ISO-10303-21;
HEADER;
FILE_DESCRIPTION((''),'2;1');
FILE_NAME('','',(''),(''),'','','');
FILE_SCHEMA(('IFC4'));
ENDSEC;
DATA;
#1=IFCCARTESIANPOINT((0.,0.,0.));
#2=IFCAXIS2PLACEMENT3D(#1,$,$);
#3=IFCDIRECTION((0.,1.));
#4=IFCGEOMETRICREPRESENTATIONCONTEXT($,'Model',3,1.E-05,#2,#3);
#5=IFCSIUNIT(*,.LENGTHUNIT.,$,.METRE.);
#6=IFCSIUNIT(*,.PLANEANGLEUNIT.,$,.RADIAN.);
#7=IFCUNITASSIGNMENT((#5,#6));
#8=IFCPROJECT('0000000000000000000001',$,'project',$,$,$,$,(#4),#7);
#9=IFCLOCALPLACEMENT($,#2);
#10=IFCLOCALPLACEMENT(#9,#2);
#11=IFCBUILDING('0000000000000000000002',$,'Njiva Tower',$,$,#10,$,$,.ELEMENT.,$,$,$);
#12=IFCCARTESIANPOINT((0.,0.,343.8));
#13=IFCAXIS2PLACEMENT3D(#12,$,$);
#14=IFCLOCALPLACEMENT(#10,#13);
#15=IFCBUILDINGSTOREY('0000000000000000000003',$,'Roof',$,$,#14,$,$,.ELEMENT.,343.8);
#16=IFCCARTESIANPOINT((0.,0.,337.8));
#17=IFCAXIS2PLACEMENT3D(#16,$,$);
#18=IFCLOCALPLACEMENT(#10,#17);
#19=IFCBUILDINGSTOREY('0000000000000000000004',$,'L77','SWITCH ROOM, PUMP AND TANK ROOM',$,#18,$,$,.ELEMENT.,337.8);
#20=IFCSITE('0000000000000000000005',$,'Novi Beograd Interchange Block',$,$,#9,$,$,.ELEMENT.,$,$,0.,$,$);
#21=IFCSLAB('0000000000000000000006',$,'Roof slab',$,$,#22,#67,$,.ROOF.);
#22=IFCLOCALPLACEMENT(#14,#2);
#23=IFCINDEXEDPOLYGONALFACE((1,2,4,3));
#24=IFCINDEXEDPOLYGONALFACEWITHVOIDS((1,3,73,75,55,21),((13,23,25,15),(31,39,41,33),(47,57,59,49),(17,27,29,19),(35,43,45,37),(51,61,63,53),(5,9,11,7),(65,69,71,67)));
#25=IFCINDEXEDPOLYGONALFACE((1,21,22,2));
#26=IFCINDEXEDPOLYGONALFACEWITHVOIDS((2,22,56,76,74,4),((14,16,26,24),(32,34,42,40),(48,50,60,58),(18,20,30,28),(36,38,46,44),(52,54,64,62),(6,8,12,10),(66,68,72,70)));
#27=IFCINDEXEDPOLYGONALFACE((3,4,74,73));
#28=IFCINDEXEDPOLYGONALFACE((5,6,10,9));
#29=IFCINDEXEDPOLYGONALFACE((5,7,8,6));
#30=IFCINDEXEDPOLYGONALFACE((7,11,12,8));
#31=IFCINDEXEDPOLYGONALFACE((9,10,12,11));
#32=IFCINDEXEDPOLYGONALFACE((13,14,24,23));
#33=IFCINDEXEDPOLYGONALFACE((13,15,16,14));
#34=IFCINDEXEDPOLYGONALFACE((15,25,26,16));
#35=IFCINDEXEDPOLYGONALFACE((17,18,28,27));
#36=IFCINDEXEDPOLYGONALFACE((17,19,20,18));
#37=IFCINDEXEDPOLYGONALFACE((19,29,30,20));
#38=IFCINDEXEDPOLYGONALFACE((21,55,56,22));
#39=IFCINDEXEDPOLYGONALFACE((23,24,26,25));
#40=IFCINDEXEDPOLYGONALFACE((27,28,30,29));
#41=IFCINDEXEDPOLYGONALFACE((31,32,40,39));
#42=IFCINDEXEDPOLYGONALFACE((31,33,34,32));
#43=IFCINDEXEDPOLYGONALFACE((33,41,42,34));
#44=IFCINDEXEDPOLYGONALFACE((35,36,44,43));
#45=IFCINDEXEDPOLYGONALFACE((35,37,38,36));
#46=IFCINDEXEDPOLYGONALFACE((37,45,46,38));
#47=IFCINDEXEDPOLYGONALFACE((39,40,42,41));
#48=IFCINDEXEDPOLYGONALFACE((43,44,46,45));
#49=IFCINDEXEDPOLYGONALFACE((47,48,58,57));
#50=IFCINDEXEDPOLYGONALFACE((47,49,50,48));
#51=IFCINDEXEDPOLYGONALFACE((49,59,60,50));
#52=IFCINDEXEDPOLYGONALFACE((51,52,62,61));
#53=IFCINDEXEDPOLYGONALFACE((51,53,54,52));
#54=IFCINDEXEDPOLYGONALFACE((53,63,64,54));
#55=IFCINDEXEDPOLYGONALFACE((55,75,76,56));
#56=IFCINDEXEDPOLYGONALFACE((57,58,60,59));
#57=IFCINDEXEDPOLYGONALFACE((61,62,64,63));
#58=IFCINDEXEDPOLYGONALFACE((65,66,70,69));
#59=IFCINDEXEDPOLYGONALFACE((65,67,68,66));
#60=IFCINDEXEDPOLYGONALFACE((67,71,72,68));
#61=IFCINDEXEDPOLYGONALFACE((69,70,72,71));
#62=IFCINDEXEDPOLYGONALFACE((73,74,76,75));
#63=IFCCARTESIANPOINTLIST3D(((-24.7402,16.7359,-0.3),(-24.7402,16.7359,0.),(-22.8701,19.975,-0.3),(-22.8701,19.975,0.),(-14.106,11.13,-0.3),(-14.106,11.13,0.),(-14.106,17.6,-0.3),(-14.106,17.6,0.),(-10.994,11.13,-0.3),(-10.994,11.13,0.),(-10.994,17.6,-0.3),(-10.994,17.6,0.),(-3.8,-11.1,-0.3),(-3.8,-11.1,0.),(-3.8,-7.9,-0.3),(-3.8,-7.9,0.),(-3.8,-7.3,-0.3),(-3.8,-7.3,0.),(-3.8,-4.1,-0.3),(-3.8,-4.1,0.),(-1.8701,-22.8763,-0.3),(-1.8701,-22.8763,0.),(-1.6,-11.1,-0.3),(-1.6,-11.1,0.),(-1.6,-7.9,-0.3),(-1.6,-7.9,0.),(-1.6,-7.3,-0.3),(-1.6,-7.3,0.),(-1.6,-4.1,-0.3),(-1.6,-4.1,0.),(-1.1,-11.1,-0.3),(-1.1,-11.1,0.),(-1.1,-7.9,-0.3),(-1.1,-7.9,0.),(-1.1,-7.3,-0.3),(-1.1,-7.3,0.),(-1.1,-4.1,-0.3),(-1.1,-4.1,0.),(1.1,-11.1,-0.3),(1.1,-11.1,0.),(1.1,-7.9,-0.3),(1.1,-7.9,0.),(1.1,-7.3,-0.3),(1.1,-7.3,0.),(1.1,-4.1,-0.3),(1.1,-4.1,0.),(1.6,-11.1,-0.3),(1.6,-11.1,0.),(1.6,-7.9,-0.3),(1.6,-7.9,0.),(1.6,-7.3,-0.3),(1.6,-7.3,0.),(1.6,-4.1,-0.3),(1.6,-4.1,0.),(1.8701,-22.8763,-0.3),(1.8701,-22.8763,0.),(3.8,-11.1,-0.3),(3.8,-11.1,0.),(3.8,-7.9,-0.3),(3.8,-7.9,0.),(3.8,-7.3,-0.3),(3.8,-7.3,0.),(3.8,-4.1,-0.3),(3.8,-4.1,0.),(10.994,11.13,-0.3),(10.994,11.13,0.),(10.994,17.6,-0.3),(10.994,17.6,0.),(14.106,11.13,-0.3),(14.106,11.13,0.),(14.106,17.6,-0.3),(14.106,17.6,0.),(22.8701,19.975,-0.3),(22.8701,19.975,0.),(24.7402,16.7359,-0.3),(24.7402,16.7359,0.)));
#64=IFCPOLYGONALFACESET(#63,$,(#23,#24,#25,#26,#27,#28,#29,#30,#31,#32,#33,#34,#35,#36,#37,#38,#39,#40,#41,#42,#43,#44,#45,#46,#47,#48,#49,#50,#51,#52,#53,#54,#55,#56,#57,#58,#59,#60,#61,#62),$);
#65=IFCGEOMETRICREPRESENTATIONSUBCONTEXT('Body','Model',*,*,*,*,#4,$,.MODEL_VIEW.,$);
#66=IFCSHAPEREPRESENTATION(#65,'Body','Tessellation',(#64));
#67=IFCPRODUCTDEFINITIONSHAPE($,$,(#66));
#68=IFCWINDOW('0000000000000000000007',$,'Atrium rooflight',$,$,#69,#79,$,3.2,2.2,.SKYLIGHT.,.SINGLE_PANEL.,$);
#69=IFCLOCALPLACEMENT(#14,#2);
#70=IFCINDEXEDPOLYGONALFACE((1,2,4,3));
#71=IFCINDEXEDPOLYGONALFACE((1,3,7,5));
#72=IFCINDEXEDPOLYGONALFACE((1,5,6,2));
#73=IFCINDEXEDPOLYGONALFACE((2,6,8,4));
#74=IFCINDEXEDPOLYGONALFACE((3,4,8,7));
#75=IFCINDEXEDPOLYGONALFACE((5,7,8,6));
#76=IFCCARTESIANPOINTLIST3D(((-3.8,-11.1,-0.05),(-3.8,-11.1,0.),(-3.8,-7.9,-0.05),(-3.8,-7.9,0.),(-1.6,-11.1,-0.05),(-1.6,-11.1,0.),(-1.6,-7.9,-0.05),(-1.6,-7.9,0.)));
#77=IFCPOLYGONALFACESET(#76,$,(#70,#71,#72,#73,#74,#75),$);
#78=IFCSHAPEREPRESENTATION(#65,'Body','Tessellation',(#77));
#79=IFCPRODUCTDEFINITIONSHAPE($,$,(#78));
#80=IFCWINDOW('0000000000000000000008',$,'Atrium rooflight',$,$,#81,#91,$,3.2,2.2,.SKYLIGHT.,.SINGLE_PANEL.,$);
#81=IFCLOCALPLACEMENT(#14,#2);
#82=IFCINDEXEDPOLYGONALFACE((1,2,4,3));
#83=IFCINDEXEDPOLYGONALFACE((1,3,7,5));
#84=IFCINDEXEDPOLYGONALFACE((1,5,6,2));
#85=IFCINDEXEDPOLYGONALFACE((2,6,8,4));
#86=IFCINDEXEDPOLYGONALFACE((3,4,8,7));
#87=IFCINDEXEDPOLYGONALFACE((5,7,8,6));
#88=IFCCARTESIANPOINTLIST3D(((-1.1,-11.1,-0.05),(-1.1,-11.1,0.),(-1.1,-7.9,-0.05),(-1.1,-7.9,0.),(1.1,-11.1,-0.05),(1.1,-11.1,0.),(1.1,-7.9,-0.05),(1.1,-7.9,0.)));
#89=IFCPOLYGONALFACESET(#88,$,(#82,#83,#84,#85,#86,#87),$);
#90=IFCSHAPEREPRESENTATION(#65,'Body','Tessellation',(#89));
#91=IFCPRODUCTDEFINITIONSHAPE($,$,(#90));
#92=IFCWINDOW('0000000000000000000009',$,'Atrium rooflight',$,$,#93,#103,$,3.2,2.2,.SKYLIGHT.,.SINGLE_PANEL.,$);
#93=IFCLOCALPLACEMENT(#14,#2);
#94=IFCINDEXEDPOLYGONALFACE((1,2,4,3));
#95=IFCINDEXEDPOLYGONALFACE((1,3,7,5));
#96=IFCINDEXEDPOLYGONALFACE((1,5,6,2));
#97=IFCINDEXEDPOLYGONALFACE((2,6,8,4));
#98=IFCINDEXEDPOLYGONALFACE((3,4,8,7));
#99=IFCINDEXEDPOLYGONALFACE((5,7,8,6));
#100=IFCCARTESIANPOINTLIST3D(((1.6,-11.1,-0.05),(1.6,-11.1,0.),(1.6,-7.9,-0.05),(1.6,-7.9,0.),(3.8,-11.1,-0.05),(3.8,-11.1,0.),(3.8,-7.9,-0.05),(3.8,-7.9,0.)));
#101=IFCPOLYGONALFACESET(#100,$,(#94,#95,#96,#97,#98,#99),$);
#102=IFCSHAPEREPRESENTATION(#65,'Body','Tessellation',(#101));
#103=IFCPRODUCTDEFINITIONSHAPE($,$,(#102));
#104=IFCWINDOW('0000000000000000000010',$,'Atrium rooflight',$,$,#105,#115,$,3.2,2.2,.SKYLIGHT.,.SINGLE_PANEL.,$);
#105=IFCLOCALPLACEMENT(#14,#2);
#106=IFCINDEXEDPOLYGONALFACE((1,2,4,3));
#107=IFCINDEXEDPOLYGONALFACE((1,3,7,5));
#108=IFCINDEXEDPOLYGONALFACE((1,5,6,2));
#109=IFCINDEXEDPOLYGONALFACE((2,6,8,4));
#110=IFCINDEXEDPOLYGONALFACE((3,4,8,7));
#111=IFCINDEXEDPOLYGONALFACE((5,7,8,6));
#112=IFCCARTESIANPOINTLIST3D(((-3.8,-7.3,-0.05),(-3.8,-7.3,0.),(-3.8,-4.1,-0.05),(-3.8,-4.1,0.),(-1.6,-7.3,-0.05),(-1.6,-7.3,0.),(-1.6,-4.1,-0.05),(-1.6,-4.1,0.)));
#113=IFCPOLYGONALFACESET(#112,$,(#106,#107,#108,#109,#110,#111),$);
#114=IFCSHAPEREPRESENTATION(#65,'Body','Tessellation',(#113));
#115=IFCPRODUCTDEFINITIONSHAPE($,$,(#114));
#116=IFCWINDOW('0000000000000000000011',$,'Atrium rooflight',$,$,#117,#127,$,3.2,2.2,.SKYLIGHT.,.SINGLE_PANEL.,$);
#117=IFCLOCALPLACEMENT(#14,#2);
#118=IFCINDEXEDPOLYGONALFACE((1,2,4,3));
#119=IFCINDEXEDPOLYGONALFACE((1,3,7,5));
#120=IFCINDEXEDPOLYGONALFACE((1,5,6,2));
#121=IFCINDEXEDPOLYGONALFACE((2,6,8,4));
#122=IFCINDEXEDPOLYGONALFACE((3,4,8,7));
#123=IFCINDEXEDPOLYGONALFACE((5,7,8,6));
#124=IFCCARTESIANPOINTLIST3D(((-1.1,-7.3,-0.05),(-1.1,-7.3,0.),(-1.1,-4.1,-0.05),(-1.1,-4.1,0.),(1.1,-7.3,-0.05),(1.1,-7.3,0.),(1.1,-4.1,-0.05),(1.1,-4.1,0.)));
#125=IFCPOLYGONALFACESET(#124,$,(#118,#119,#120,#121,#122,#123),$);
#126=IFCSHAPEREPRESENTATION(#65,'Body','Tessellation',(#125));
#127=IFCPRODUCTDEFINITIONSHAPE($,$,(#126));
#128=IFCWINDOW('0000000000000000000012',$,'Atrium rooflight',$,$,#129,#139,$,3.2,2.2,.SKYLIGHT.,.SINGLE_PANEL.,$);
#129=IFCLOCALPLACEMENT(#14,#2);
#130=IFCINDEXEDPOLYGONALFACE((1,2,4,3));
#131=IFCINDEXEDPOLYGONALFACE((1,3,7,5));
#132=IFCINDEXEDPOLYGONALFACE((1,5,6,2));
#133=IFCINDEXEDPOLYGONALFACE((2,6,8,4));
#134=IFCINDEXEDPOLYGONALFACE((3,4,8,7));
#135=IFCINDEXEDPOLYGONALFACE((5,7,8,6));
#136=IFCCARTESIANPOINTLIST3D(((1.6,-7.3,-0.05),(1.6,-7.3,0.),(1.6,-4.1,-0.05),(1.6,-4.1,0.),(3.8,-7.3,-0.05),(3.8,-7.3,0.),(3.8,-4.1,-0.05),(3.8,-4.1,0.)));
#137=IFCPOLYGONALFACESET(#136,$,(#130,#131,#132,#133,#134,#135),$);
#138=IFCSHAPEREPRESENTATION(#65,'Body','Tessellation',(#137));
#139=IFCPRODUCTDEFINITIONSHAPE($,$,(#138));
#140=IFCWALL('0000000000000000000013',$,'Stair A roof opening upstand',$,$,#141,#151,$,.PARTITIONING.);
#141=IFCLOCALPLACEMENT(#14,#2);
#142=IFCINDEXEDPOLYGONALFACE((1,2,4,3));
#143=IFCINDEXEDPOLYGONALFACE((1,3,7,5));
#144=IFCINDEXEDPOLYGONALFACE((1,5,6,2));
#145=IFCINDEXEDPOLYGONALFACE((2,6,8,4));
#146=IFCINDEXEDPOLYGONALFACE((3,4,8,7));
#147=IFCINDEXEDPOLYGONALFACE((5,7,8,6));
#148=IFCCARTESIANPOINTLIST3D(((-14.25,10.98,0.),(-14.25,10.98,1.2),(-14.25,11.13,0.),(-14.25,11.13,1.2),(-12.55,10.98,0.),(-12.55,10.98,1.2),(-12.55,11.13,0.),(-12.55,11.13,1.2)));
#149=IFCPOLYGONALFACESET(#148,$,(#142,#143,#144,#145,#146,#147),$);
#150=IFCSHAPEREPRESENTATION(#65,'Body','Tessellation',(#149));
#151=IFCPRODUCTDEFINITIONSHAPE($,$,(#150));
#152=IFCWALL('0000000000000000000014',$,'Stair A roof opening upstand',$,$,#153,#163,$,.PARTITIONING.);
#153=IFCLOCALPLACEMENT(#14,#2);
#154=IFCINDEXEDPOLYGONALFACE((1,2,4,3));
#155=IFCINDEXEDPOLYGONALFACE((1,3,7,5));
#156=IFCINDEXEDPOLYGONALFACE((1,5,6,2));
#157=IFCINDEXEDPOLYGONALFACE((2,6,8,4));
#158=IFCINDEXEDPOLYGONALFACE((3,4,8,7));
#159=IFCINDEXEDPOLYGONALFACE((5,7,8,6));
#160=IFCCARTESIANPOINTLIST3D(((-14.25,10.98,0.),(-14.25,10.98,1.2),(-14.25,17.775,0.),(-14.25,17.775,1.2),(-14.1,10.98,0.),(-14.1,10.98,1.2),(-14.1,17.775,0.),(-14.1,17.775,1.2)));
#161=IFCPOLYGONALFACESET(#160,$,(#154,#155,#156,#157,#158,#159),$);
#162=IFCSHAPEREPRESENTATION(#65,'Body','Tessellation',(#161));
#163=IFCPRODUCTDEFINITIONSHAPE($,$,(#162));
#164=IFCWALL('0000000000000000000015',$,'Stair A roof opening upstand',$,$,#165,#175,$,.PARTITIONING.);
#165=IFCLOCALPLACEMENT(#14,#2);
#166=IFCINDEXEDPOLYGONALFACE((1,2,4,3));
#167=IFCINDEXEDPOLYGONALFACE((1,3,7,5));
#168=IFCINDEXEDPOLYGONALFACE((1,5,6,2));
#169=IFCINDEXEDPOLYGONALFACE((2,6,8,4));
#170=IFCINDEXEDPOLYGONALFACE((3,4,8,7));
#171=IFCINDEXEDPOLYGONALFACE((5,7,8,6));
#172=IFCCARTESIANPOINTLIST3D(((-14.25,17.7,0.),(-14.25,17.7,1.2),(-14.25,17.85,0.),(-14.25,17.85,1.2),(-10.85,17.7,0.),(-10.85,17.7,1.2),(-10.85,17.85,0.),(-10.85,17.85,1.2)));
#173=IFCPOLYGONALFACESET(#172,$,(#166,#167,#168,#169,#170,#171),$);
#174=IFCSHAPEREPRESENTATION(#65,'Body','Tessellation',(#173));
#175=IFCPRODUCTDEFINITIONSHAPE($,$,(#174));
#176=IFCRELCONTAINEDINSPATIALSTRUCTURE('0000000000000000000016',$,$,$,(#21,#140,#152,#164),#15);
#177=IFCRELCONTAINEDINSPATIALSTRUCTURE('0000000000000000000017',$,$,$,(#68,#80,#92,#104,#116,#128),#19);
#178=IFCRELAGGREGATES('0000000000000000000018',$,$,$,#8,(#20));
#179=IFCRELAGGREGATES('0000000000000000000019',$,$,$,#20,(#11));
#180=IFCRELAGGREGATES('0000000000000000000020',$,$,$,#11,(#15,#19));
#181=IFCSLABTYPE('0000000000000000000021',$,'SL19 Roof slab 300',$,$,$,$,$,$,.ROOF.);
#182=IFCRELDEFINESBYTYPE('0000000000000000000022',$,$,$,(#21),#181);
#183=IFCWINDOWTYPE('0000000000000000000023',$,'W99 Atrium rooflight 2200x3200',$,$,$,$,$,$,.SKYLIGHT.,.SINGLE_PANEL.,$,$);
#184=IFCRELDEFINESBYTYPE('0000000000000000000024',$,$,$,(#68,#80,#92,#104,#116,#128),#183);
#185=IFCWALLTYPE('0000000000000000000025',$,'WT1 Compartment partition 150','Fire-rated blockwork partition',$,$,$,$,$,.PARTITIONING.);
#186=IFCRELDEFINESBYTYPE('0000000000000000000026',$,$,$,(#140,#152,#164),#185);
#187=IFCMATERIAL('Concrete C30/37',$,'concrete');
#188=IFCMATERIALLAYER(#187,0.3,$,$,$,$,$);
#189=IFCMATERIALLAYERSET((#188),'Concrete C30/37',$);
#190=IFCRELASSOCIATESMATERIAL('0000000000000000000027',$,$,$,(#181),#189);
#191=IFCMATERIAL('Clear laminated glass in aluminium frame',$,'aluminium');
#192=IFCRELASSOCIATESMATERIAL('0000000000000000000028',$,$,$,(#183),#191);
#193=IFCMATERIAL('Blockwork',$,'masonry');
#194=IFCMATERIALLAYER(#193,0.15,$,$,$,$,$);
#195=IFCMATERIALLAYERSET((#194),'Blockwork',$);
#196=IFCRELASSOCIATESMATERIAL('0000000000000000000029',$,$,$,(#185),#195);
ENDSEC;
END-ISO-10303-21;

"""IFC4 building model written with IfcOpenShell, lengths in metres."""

from ifc_helpers import new_model, si_unit, direction, frame, frame_2d, origin, origin_2d, place, context, subcontext, project, spatial, polyline, rectangle, outline, extrude, material, layer, layer_set, type_object, element, fill, save


model = new_model("IFC4")

# Units and contexts
model_context = context("Model", 3, precision=1e-05, world=origin(), true_north=direction((0.0, 1.0)))
body_context = subcontext(model_context, "Body", "Model", "MODEL_VIEW")
ifc_project = project(units=[si_unit("LENGTHUNIT", "METRE"), si_unit("PLANEANGLEUNIT", "RADIAN")], contexts=[model_context])

# Site, building, storey
site_placement = place(None, origin())
site = spatial("IfcSite", under=ifc_project, at=site_placement, Name="Novi Beograd Interchange Block", CompositionType="ELEMENT", RefElevation=0.0)
building_placement = place(site_placement, origin())
building = spatial("IfcBuilding", under=site, at=building_placement, Name="Njiva Tower", CompositionType="ELEMENT")
storey_1_placement = place(building_placement, frame((0.0, 0.0, 343.8)))
storey_1 = spatial("IfcBuildingStorey", under=building, at=storey_1_placement, Name="Roof", CompositionType="ELEMENT", Elevation=343.8)

# Slab, openings
ifc_material_1 = material(Name="Concrete C30/37", Category="concrete")
ifc_layer_1 = layer(ifc_material_1, 0.3)
ifc_layer_set_1 = layer_set([ifc_layer_1], Name="Concrete C30/37")
slab_type = type_object("IfcSlabType", Name="SL19 Roof slab 300", PredefinedType="ROOF", material=ifc_layer_set_1)
slab_placement = place(storey_1_placement, frame((0.0, 0.0, -0.3)))
slab = element("IfcSlab", 1, at=slab_placement, inside=storey_1, type_object=slab_type, Name="Roof slab", PredefinedType="ROOF", context=body_context, shape_type="SweptSolid", body=[
    extrude(outline(polyline([(24.7402, 16.7359), (1.8701, -22.8763), (-1.8701, -22.8763), (-24.7402, 16.7359), (-22.8701, 19.975), (22.8701, 19.975), (24.7402, 16.7359)]), holes=[polyline([(-14.106, 11.13), (-10.994, 11.13), (-10.994, 17.6), (-14.106, 17.6), (-14.106, 11.13)]), polyline([(10.994, 11.13), (14.106, 11.13), (14.106, 17.6), (10.994, 17.6), (10.994, 11.13)])]), origin(), (0.0, 0.0, 1.0), 0.3),
])
opening_1_placement = place(slab_placement, frame((-2.7, -9.5, 0.0)))
opening_1 = element("IfcOpeningElement", 2, at=opening_1_placement, cuts=slab, PredefinedType="OPENING", context=body_context, shape_type="SweptSolid", body=[
    extrude(rectangle(XDim=2.2, YDim=3.2, at=origin_2d()), origin(), (0.0, 0.0, 1.0), 0.3),
])
opening_2_placement = place(slab_placement, frame((0.0, -9.5, 0.0)))
opening_2 = element("IfcOpeningElement", 3, at=opening_2_placement, cuts=slab, PredefinedType="OPENING", context=body_context, shape_type="SweptSolid", body=[
    extrude(rectangle(XDim=2.2, YDim=3.2, at=origin_2d()), origin(), (0.0, 0.0, 1.0), 0.3),
])
opening_3_placement = place(slab_placement, frame((2.7, -9.5, 0.0)))
opening_3 = element("IfcOpeningElement", 4, at=opening_3_placement, cuts=slab, PredefinedType="OPENING", context=body_context, shape_type="SweptSolid", body=[
    extrude(rectangle(XDim=2.2, YDim=3.2, at=origin_2d()), origin(), (0.0, 0.0, 1.0), 0.3),
])
opening_4_placement = place(slab_placement, frame((-2.7, -5.7, 0.0)))
opening_4 = element("IfcOpeningElement", 5, at=opening_4_placement, cuts=slab, PredefinedType="OPENING", context=body_context, shape_type="SweptSolid", body=[
    extrude(rectangle(XDim=2.2, YDim=3.2, at=origin_2d()), origin(), (0.0, 0.0, 1.0), 0.3),
])
opening_5_placement = place(slab_placement, frame((0.0, -5.7, 0.0)))
opening_5 = element("IfcOpeningElement", 6, at=opening_5_placement, cuts=slab, PredefinedType="OPENING", context=body_context, shape_type="SweptSolid", body=[
    extrude(rectangle(XDim=2.2, YDim=3.2, at=origin_2d()), origin(), (0.0, 0.0, 1.0), 0.3),
])
opening_6_placement = place(slab_placement, frame((2.7, -5.7, 0.0)))
opening_6 = element("IfcOpeningElement", 7, at=opening_6_placement, cuts=slab, PredefinedType="OPENING", context=body_context, shape_type="SweptSolid", body=[
    extrude(rectangle(XDim=2.2, YDim=3.2, at=origin_2d()), origin(), (0.0, 0.0, 1.0), 0.3),
])

# Shared definitions
storey_2_placement = place(building_placement, frame((0.0, 0.0, 337.8)))
storey_2 = spatial("IfcBuildingStorey", under=building, at=storey_2_placement, Name="L77", Description="SWITCH ROOM, PUMP AND TANK ROOM", CompositionType="ELEMENT", Elevation=337.8)

# Windows
ifc_material_2 = material(Name="Clear laminated glass in aluminium frame", Category="aluminium")
window_type = type_object("IfcWindowType", Name="W99 Atrium rooflight 2200x3200", PartitioningType="SINGLE_PANEL", PredefinedType="SKYLIGHT", material=ifc_material_2)
window_1_placement = place(opening_1_placement, frame((0.0, 0.0, 0.25)))
window_1 = element("IfcWindow", 8, at=window_1_placement, inside=storey_2, type_object=window_type, Name="Atrium rooflight", OverallHeight=3.2, OverallWidth=2.2, PartitioningType="SINGLE_PANEL", PredefinedType="SKYLIGHT", context=body_context, shape_type="SweptSolid", body=[
    extrude(rectangle(XDim=2.2, YDim=3.2, at=origin_2d()), origin(), (0.0, 0.0, 1.0), 0.05),
])
fill(opening_1, window_1)
window_2_placement = place(opening_2_placement, frame((0.0, 0.0, 0.25)))
window_2 = element("IfcWindow", 9, at=window_2_placement, inside=storey_2, type_object=window_type, Name="Atrium rooflight", OverallHeight=3.2, OverallWidth=2.2, PartitioningType="SINGLE_PANEL", PredefinedType="SKYLIGHT", context=body_context, shape_type="SweptSolid", body=[
    extrude(rectangle(XDim=2.2, YDim=3.2, at=origin_2d()), origin(), (0.0, 0.0, 1.0), 0.05),
])
fill(opening_2, window_2)
window_3_placement = place(opening_3_placement, frame((0.0, 0.0, 0.25)))
window_3 = element("IfcWindow", 10, at=window_3_placement, inside=storey_2, type_object=window_type, Name="Atrium rooflight", OverallHeight=3.2, OverallWidth=2.2, PartitioningType="SINGLE_PANEL", PredefinedType="SKYLIGHT", context=body_context, shape_type="SweptSolid", body=[
    extrude(rectangle(XDim=2.2, YDim=3.2, at=origin_2d()), origin(), (0.0, 0.0, 1.0), 0.05),
])
fill(opening_3, window_3)
window_4_placement = place(opening_4_placement, frame((0.0, 0.0, 0.25)))
window_4 = element("IfcWindow", 11, at=window_4_placement, inside=storey_2, type_object=window_type, Name="Atrium rooflight", OverallHeight=3.2, OverallWidth=2.2, PartitioningType="SINGLE_PANEL", PredefinedType="SKYLIGHT", context=body_context, shape_type="SweptSolid", body=[
    extrude(rectangle(XDim=2.2, YDim=3.2, at=origin_2d()), origin(), (0.0, 0.0, 1.0), 0.05),
])
fill(opening_4, window_4)
window_5_placement = place(opening_5_placement, frame((0.0, 0.0, 0.25)))
window_5 = element("IfcWindow", 12, at=window_5_placement, inside=storey_2, type_object=window_type, Name="Atrium rooflight", OverallHeight=3.2, OverallWidth=2.2, PartitioningType="SINGLE_PANEL", PredefinedType="SKYLIGHT", context=body_context, shape_type="SweptSolid", body=[
    extrude(rectangle(XDim=2.2, YDim=3.2, at=origin_2d()), origin(), (0.0, 0.0, 1.0), 0.05),
])
fill(opening_5, window_5)
window_6_placement = place(opening_6_placement, frame((0.0, 0.0, 0.25)))
window_6 = element("IfcWindow", 13, at=window_6_placement, inside=storey_2, type_object=window_type, Name="Atrium rooflight", OverallHeight=3.2, OverallWidth=2.2, PartitioningType="SINGLE_PANEL", PredefinedType="SKYLIGHT", context=body_context, shape_type="SweptSolid", body=[
    extrude(rectangle(XDim=2.2, YDim=3.2, at=origin_2d()), origin(), (0.0, 0.0, 1.0), 0.05),
])
fill(opening_6, window_6)

# Walls
ifc_material_3 = material(Name="Blockwork", Category="masonry")
ifc_layer_2 = layer(ifc_material_3, 0.15)
ifc_layer_set_2 = layer_set([ifc_layer_2], Name="Blockwork")
wall_type = type_object("IfcWallType", Name="WT1 Compartment partition 150", Description="Fire-rated blockwork partition", PredefinedType="PARTITIONING", material=ifc_layer_set_2)
wall_1_placement = place(storey_1_placement, frame((-14.25, 11.055, 0.0), z_axis=(0.0, 0.0, 1.0), x_axis=(1.0, 0.0, 0.0)))
element("IfcWall", 14, at=wall_1_placement, inside=storey_1, type_object=wall_type, Name="Stair A roof opening upstand", PredefinedType="PARTITIONING", context=body_context, shape_type="SweptSolid", body=[
    extrude(rectangle(XDim=1.7, YDim=0.15, at=frame_2d((0.85, 0.0))), origin(), (0.0, 0.0, 1.0), 1.2),
])
wall_2_placement = place(storey_1_placement, frame((-14.175, 10.98, 0.0), z_axis=(0.0, 0.0, 1.0), x_axis=(0.0, 1.0, 0.0)))
element("IfcWall", 15, at=wall_2_placement, inside=storey_1, type_object=wall_type, Name="Stair A roof opening upstand", PredefinedType="PARTITIONING", context=body_context, shape_type="SweptSolid", body=[
    extrude(rectangle(XDim=6.795, YDim=0.15, at=frame_2d((3.3975, 0.0))), origin(), (0.0, 0.0, 1.0), 1.2),
])
wall_3_placement = place(storey_1_placement, frame((-14.25, 17.775, 0.0), z_axis=(0.0, 0.0, 1.0), x_axis=(1.0, 0.0, 0.0)))
element("IfcWall", 16, at=wall_3_placement, inside=storey_1, type_object=wall_type, Name="Stair A roof opening upstand", PredefinedType="PARTITIONING", context=body_context, shape_type="SweptSolid", body=[
    extrude(rectangle(XDim=3.4, YDim=0.15, at=frame_2d((1.7, 0.0))), origin(), (0.0, 0.0, 1.0), 1.2),
])

save(model, "model.ifc")
